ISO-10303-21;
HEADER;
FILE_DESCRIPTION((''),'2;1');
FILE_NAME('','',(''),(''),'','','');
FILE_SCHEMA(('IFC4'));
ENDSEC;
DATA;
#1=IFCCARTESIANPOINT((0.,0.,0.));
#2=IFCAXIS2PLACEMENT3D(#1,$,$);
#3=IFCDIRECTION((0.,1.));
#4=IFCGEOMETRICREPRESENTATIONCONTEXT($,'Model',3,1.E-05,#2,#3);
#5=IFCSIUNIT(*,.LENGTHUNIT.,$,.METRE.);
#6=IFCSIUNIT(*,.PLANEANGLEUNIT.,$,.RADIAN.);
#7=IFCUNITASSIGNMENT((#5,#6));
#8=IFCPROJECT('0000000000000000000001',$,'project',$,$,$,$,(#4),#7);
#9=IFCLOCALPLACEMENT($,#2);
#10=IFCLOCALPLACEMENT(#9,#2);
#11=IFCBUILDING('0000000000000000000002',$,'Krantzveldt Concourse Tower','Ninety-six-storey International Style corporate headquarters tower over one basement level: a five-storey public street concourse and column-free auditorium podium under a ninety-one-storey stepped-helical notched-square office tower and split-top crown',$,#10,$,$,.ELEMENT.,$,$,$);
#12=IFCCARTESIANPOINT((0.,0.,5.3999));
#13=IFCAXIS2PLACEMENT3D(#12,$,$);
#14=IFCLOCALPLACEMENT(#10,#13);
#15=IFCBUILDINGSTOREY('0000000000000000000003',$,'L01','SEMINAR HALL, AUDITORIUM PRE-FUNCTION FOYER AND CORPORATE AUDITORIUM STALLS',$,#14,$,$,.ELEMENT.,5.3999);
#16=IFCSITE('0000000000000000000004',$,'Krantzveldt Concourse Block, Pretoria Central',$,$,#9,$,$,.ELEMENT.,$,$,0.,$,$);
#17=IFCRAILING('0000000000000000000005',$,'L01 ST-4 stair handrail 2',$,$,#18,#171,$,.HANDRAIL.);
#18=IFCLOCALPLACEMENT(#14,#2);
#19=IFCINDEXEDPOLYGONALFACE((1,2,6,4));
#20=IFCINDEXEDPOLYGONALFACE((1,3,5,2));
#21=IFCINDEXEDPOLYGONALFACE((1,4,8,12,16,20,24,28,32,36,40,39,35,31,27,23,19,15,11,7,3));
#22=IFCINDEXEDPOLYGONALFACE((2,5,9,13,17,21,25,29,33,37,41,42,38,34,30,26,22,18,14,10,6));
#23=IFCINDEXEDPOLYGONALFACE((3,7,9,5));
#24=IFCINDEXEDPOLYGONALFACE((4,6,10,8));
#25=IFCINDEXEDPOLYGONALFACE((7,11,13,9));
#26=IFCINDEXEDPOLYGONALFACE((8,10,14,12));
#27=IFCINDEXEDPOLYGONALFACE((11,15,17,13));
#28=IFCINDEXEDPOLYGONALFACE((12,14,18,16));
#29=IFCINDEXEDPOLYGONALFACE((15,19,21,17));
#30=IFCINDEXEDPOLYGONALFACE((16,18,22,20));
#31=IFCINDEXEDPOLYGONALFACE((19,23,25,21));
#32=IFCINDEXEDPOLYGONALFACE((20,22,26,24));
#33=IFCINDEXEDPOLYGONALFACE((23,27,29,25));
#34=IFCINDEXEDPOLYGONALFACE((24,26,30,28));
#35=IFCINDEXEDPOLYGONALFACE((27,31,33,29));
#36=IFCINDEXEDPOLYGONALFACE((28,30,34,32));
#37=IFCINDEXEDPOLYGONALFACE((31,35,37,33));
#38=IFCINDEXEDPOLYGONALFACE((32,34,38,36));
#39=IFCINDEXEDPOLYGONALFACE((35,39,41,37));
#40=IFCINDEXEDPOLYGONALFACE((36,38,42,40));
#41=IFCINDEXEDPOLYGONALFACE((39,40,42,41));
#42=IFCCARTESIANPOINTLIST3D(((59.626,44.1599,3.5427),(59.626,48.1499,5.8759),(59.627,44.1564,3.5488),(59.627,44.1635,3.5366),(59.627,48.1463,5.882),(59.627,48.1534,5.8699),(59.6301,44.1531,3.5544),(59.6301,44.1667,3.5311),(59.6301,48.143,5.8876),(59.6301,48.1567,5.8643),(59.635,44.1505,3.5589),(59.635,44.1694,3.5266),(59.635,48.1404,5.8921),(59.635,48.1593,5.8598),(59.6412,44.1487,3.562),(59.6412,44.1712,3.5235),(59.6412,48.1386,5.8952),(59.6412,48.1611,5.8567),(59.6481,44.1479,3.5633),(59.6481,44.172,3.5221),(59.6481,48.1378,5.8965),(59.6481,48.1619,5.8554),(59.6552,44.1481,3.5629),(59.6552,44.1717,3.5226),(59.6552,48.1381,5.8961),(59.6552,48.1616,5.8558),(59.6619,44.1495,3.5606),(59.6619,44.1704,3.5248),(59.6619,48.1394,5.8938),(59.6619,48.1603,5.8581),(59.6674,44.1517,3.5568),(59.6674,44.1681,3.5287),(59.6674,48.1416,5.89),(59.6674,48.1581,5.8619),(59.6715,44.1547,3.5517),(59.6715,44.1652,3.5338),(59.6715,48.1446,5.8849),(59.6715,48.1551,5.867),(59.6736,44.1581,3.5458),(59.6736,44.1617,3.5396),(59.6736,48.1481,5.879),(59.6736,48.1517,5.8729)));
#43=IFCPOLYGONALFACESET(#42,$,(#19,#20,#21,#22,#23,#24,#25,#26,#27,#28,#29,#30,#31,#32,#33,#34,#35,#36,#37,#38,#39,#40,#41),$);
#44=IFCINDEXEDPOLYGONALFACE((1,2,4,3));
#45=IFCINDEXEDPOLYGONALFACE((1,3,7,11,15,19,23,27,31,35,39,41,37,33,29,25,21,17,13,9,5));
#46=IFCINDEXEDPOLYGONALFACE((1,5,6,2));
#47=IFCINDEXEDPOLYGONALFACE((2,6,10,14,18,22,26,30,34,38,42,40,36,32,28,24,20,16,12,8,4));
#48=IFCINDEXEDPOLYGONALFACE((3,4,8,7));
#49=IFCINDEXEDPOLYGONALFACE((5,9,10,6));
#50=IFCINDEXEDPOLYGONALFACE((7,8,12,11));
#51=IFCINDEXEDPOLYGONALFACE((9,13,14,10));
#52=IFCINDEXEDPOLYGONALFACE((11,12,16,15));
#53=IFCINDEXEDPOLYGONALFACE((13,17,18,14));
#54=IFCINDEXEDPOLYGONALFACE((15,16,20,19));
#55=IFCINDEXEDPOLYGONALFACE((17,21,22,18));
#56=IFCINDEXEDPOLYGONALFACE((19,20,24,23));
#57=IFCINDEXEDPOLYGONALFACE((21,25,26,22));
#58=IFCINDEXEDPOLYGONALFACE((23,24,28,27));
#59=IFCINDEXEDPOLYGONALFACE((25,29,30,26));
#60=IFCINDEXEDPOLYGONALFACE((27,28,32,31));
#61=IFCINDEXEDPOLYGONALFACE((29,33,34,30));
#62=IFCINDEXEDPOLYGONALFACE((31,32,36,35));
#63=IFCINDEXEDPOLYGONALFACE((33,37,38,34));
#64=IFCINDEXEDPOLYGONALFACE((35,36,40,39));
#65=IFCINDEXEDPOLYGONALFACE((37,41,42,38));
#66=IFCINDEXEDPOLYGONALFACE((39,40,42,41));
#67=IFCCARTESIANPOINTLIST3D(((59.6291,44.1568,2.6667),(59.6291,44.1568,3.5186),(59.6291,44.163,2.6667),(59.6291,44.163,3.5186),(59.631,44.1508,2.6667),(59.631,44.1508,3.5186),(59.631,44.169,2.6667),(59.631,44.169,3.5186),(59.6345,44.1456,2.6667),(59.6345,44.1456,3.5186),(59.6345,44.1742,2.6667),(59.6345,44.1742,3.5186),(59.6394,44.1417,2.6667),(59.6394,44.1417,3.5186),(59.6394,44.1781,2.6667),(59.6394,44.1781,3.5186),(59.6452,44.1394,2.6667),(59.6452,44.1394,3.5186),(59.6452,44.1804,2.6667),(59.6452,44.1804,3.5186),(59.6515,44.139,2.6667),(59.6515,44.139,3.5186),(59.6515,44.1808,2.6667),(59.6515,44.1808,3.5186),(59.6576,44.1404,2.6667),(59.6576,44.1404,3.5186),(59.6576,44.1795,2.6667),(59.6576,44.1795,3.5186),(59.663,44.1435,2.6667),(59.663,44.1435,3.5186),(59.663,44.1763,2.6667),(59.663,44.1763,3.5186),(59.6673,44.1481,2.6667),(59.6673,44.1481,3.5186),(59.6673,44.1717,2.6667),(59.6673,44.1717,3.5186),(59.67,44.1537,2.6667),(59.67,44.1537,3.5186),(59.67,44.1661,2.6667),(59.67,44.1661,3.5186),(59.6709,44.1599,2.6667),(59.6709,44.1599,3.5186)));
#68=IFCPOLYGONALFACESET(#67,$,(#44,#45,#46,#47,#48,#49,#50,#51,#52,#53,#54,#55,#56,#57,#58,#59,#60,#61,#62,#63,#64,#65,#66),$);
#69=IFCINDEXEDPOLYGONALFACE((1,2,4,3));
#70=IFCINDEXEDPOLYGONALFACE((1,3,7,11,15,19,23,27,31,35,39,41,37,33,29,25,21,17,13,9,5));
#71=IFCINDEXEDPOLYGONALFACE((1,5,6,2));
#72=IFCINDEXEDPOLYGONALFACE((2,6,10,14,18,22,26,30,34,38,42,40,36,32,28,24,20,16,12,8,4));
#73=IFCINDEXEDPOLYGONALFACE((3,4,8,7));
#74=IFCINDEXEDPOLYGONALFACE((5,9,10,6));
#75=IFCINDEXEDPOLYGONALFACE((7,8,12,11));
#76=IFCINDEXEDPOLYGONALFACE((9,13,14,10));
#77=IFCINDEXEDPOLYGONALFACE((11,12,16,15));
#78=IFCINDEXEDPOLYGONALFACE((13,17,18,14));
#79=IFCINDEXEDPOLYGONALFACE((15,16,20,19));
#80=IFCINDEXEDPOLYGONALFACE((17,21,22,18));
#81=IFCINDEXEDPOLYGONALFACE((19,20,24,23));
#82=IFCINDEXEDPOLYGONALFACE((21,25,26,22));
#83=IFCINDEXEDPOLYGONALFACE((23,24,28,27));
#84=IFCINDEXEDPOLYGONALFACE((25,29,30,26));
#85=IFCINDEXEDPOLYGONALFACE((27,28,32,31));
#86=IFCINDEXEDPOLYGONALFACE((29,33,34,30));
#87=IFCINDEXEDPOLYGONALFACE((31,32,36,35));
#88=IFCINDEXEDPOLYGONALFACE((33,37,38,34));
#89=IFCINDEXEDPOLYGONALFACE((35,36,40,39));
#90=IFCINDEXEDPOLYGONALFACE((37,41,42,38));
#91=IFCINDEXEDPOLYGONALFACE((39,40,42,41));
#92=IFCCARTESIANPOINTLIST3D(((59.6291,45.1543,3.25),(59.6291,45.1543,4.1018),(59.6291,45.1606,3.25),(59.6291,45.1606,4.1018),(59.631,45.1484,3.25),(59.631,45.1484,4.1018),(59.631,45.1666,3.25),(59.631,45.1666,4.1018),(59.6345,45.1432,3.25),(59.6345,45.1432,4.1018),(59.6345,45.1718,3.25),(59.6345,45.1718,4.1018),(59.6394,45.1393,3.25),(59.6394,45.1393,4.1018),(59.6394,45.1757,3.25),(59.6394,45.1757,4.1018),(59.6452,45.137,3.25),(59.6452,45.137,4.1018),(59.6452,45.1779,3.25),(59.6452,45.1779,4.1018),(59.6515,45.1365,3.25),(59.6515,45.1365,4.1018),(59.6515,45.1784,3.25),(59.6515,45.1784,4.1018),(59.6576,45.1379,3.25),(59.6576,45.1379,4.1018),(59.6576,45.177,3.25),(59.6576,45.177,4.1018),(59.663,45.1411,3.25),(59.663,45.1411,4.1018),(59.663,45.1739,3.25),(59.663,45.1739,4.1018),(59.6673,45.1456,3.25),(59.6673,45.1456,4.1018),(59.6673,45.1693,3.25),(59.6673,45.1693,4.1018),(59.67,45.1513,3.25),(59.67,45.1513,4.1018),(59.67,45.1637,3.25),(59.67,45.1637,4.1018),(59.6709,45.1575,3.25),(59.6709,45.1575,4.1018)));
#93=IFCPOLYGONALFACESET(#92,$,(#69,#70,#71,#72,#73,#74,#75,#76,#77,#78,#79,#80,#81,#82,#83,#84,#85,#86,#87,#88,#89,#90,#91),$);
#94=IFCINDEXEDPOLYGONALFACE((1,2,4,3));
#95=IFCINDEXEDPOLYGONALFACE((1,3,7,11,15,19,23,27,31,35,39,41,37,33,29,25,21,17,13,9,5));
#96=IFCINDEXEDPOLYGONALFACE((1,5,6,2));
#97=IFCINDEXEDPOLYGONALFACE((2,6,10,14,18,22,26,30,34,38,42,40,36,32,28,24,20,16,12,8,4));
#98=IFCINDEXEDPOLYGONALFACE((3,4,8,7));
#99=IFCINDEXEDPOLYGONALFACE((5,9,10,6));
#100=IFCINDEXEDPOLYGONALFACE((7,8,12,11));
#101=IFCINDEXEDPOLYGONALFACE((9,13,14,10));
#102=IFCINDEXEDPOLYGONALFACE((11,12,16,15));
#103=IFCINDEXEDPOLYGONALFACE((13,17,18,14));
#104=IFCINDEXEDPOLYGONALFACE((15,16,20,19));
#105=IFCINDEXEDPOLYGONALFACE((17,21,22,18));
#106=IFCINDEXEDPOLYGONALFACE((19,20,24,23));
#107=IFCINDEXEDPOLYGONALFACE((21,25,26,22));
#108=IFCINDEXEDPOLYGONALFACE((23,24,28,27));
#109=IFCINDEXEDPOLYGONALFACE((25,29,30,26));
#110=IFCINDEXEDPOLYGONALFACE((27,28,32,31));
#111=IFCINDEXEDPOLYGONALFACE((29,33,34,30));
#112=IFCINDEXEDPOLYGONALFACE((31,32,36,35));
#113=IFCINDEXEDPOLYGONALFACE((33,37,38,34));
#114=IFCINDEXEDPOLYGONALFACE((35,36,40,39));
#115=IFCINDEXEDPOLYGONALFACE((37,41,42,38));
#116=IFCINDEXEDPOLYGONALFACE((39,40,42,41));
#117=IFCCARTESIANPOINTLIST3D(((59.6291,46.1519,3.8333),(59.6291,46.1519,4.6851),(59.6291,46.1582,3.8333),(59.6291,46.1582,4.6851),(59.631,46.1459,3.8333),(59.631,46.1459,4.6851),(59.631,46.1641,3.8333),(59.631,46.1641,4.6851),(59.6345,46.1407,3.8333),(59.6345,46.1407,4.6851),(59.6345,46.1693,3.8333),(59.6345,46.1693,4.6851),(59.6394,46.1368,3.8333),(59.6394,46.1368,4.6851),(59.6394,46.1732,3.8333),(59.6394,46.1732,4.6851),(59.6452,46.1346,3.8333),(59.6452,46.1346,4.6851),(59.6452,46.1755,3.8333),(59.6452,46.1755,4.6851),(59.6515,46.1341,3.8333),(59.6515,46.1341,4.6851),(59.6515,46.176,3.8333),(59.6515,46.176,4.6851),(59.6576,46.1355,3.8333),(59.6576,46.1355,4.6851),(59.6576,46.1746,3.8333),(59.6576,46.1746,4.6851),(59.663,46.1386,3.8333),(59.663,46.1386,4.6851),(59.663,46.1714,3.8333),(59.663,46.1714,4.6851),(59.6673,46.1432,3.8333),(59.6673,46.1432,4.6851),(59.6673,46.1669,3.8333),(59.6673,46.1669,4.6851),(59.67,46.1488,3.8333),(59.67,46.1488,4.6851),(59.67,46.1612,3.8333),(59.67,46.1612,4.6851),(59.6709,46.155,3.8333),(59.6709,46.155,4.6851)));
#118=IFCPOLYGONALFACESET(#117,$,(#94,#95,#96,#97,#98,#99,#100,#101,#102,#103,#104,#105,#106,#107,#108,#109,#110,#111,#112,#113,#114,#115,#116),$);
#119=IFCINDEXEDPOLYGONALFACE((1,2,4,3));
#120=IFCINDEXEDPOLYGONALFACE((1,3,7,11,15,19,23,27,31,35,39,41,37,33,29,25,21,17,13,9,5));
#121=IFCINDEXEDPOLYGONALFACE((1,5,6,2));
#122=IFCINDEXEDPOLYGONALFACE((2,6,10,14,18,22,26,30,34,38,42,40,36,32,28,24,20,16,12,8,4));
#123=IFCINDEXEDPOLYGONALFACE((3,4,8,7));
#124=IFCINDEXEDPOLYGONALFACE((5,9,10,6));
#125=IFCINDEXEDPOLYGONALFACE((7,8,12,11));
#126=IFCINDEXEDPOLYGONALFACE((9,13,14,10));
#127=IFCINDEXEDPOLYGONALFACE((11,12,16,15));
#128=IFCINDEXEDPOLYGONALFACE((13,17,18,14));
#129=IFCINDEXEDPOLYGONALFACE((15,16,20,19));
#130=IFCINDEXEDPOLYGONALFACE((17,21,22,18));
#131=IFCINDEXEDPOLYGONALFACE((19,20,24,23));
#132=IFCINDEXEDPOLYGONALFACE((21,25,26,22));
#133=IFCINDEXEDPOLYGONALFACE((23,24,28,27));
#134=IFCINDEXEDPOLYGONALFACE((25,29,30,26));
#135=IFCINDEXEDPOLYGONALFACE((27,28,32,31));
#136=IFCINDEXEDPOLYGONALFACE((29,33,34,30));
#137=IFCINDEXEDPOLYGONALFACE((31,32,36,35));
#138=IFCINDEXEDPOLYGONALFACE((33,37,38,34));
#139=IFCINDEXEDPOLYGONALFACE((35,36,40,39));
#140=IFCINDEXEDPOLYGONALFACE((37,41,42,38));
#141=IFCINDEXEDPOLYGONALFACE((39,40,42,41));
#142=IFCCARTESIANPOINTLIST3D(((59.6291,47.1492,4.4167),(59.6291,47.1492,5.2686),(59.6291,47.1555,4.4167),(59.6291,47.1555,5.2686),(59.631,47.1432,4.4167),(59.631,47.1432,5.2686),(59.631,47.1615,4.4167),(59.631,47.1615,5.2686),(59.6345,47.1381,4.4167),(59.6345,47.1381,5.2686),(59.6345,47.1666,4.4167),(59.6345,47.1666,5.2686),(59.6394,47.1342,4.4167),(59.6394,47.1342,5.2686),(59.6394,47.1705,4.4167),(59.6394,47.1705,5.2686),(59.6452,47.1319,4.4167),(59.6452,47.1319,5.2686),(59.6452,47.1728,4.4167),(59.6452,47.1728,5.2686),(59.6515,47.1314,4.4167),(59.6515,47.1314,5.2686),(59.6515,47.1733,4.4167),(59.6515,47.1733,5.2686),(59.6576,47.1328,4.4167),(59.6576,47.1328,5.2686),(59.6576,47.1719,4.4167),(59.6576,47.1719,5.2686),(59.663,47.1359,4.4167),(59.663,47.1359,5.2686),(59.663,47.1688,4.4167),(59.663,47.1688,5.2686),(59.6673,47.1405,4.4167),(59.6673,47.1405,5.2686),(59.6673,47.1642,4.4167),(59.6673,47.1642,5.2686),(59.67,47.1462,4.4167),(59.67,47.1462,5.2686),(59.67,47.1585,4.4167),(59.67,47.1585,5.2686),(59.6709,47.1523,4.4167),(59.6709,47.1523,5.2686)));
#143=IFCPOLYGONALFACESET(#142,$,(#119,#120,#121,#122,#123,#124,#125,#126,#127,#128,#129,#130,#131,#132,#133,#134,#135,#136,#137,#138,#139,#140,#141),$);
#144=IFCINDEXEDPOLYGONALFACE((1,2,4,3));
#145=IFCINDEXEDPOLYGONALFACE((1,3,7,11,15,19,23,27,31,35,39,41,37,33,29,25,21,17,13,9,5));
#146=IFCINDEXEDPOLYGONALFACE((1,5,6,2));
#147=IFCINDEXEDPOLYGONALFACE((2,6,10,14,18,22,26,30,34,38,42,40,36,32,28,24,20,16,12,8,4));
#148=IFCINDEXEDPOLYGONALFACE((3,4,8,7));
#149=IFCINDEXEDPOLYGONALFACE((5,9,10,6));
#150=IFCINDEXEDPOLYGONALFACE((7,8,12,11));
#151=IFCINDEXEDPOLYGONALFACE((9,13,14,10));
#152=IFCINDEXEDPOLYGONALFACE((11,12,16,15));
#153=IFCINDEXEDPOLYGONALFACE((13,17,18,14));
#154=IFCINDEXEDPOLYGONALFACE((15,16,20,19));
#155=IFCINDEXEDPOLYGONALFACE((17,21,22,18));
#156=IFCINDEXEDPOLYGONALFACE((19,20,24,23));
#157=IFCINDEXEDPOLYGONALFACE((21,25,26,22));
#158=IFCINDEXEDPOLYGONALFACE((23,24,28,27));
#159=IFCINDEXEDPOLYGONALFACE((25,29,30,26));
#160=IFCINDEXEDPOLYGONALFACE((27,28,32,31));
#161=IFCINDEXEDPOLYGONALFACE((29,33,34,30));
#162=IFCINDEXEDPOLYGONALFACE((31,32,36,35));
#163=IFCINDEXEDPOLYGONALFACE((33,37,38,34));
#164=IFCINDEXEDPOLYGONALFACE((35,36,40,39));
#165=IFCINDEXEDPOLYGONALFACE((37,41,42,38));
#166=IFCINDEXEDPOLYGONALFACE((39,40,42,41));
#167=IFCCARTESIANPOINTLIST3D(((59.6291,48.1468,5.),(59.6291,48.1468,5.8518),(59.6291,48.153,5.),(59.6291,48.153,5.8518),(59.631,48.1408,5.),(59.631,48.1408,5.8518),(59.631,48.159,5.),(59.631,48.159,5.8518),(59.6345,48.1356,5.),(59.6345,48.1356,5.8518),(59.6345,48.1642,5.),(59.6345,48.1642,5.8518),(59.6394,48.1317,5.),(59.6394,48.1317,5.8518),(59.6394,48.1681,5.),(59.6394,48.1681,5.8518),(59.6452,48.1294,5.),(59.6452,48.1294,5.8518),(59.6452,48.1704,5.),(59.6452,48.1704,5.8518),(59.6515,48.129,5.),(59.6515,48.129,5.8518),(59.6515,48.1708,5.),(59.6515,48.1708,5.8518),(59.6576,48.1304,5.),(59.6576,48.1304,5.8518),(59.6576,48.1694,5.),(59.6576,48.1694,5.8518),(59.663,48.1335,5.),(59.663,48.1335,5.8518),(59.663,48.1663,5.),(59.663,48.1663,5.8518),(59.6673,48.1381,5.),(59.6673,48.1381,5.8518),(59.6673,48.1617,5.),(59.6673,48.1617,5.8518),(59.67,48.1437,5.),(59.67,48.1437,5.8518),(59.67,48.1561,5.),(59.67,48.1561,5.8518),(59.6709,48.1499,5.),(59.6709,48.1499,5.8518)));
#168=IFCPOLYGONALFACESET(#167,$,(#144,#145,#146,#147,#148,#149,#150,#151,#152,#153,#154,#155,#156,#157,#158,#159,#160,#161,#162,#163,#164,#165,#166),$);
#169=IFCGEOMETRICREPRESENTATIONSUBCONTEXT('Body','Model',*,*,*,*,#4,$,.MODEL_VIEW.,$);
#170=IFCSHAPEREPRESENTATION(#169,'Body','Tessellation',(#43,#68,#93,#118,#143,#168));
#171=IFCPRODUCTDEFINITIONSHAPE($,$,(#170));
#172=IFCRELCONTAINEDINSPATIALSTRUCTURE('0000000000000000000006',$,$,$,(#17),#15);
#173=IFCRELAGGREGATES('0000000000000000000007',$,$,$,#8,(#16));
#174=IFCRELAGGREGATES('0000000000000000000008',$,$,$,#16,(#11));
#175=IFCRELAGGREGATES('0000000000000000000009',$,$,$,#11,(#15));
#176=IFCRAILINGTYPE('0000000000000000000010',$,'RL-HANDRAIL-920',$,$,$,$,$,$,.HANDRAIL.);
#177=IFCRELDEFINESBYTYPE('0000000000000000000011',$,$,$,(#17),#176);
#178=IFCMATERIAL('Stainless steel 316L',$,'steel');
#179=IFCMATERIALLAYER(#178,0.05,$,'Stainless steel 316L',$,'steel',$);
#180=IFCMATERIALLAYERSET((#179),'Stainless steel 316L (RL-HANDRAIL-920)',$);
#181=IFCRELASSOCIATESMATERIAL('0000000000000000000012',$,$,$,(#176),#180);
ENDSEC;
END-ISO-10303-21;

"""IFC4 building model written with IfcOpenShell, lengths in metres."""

from ifc_helpers import new_model, si_unit, direction, frame, origin, origin_2d, place, context, subcontext, project, spatial, circle, extrude, material, layer, layer_set, type_object, element, save


model = new_model("IFC4")

# Units and contexts
model_context = context("Model", 3, precision=1e-05, world=origin(), true_north=direction((0.0, 1.0)))
body_context = subcontext(model_context, "Body", "Model", "MODEL_VIEW")
ifc_project = project(units=[si_unit("LENGTHUNIT", "METRE"), si_unit("PLANEANGLEUNIT", "RADIAN")], contexts=[model_context])

# Site, building, storey
site_placement = place(None, origin())
site = spatial("IfcSite", under=ifc_project, at=site_placement, Name="Krantzveldt Concourse Block, Pretoria Central", CompositionType="ELEMENT", RefElevation=0.0)
building_placement = place(site_placement, origin())
building = spatial("IfcBuilding", under=site, at=building_placement, Name="Krantzveldt Concourse Tower", Description="Ninety-six-storey International Style corporate headquarters tower over one basement level: a five-storey public street concourse and column-free auditorium podium under a ninety-one-storey stepped-helical notched-square office tower and split-top crown", CompositionType="ELEMENT")
storey_placement = place(building_placement, frame((0.0, 0.0, 5.3999)))
storey = spatial("IfcBuildingStorey", under=building, at=storey_placement, Name="L01", Description="SEMINAR HALL, AUDITORIUM PRE-FUNCTION FOYER AND CORPORATE AUDITORIUM STALLS", CompositionType="ELEMENT", Elevation=5.3999)

# Railing
ifc_material_1 = material(Name="Stainless steel 316L", Category="steel")
ifc_layer_1 = layer(ifc_material_1, 0.05, Name="Stainless steel 316L", Category="steel")
ifc_layer_set_1 = layer_set([ifc_layer_1], Name="Stainless steel 316L (RL-HANDRAIL-920)")
railing_type_1 = type_object("IfcRailingType", Name="RL-HANDRAIL-920", PredefinedType="HANDRAIL", material=ifc_layer_set_1)
railing_1_placement = place(storey_placement, frame((59.6499, 44.1599, 2.6667)))
element("IfcRailing", 1, at=railing_1_placement, inside=storey, type_object=railing_type_1, Name="L01 ST-4 stair handrail 2", PredefinedType="HANDRAIL", context=body_context, shape_type="SweptSolid", body=[
    extrude(circle(Radius=0.0239, at=origin_2d()), frame((0.0, 0.0, 0.876), z_axis=(0.0, 0.863236, 0.5048), x_axis=(-1.0, 0.0, 0.0)), (0.0, 0.0, 1.0), 4.6221),
    extrude(circle(Radius=0.021, at=origin_2d()), origin(), (0.0, 0.0, 1.0), 0.8518),
    extrude(circle(Radius=0.021, at=origin_2d()), frame((0.0, 0.9976, 0.5833)), (0.0, 0.0, 1.0), 0.8518),
    extrude(circle(Radius=0.021, at=origin_2d()), frame((0.0, 1.9951, 1.1665)), (0.0, 0.0, 1.0), 0.8518),
    extrude(circle(Radius=0.021, at=origin_2d()), frame((0.0, 2.9924, 1.75)), (0.0, 0.0, 1.0), 0.8518),
    extrude(circle(Radius=0.021, at=origin_2d()), frame((0.0, 3.99, 2.3333)), (0.0, 0.0, 1.0), 0.8518),
])

save(model, "model.ifc")
